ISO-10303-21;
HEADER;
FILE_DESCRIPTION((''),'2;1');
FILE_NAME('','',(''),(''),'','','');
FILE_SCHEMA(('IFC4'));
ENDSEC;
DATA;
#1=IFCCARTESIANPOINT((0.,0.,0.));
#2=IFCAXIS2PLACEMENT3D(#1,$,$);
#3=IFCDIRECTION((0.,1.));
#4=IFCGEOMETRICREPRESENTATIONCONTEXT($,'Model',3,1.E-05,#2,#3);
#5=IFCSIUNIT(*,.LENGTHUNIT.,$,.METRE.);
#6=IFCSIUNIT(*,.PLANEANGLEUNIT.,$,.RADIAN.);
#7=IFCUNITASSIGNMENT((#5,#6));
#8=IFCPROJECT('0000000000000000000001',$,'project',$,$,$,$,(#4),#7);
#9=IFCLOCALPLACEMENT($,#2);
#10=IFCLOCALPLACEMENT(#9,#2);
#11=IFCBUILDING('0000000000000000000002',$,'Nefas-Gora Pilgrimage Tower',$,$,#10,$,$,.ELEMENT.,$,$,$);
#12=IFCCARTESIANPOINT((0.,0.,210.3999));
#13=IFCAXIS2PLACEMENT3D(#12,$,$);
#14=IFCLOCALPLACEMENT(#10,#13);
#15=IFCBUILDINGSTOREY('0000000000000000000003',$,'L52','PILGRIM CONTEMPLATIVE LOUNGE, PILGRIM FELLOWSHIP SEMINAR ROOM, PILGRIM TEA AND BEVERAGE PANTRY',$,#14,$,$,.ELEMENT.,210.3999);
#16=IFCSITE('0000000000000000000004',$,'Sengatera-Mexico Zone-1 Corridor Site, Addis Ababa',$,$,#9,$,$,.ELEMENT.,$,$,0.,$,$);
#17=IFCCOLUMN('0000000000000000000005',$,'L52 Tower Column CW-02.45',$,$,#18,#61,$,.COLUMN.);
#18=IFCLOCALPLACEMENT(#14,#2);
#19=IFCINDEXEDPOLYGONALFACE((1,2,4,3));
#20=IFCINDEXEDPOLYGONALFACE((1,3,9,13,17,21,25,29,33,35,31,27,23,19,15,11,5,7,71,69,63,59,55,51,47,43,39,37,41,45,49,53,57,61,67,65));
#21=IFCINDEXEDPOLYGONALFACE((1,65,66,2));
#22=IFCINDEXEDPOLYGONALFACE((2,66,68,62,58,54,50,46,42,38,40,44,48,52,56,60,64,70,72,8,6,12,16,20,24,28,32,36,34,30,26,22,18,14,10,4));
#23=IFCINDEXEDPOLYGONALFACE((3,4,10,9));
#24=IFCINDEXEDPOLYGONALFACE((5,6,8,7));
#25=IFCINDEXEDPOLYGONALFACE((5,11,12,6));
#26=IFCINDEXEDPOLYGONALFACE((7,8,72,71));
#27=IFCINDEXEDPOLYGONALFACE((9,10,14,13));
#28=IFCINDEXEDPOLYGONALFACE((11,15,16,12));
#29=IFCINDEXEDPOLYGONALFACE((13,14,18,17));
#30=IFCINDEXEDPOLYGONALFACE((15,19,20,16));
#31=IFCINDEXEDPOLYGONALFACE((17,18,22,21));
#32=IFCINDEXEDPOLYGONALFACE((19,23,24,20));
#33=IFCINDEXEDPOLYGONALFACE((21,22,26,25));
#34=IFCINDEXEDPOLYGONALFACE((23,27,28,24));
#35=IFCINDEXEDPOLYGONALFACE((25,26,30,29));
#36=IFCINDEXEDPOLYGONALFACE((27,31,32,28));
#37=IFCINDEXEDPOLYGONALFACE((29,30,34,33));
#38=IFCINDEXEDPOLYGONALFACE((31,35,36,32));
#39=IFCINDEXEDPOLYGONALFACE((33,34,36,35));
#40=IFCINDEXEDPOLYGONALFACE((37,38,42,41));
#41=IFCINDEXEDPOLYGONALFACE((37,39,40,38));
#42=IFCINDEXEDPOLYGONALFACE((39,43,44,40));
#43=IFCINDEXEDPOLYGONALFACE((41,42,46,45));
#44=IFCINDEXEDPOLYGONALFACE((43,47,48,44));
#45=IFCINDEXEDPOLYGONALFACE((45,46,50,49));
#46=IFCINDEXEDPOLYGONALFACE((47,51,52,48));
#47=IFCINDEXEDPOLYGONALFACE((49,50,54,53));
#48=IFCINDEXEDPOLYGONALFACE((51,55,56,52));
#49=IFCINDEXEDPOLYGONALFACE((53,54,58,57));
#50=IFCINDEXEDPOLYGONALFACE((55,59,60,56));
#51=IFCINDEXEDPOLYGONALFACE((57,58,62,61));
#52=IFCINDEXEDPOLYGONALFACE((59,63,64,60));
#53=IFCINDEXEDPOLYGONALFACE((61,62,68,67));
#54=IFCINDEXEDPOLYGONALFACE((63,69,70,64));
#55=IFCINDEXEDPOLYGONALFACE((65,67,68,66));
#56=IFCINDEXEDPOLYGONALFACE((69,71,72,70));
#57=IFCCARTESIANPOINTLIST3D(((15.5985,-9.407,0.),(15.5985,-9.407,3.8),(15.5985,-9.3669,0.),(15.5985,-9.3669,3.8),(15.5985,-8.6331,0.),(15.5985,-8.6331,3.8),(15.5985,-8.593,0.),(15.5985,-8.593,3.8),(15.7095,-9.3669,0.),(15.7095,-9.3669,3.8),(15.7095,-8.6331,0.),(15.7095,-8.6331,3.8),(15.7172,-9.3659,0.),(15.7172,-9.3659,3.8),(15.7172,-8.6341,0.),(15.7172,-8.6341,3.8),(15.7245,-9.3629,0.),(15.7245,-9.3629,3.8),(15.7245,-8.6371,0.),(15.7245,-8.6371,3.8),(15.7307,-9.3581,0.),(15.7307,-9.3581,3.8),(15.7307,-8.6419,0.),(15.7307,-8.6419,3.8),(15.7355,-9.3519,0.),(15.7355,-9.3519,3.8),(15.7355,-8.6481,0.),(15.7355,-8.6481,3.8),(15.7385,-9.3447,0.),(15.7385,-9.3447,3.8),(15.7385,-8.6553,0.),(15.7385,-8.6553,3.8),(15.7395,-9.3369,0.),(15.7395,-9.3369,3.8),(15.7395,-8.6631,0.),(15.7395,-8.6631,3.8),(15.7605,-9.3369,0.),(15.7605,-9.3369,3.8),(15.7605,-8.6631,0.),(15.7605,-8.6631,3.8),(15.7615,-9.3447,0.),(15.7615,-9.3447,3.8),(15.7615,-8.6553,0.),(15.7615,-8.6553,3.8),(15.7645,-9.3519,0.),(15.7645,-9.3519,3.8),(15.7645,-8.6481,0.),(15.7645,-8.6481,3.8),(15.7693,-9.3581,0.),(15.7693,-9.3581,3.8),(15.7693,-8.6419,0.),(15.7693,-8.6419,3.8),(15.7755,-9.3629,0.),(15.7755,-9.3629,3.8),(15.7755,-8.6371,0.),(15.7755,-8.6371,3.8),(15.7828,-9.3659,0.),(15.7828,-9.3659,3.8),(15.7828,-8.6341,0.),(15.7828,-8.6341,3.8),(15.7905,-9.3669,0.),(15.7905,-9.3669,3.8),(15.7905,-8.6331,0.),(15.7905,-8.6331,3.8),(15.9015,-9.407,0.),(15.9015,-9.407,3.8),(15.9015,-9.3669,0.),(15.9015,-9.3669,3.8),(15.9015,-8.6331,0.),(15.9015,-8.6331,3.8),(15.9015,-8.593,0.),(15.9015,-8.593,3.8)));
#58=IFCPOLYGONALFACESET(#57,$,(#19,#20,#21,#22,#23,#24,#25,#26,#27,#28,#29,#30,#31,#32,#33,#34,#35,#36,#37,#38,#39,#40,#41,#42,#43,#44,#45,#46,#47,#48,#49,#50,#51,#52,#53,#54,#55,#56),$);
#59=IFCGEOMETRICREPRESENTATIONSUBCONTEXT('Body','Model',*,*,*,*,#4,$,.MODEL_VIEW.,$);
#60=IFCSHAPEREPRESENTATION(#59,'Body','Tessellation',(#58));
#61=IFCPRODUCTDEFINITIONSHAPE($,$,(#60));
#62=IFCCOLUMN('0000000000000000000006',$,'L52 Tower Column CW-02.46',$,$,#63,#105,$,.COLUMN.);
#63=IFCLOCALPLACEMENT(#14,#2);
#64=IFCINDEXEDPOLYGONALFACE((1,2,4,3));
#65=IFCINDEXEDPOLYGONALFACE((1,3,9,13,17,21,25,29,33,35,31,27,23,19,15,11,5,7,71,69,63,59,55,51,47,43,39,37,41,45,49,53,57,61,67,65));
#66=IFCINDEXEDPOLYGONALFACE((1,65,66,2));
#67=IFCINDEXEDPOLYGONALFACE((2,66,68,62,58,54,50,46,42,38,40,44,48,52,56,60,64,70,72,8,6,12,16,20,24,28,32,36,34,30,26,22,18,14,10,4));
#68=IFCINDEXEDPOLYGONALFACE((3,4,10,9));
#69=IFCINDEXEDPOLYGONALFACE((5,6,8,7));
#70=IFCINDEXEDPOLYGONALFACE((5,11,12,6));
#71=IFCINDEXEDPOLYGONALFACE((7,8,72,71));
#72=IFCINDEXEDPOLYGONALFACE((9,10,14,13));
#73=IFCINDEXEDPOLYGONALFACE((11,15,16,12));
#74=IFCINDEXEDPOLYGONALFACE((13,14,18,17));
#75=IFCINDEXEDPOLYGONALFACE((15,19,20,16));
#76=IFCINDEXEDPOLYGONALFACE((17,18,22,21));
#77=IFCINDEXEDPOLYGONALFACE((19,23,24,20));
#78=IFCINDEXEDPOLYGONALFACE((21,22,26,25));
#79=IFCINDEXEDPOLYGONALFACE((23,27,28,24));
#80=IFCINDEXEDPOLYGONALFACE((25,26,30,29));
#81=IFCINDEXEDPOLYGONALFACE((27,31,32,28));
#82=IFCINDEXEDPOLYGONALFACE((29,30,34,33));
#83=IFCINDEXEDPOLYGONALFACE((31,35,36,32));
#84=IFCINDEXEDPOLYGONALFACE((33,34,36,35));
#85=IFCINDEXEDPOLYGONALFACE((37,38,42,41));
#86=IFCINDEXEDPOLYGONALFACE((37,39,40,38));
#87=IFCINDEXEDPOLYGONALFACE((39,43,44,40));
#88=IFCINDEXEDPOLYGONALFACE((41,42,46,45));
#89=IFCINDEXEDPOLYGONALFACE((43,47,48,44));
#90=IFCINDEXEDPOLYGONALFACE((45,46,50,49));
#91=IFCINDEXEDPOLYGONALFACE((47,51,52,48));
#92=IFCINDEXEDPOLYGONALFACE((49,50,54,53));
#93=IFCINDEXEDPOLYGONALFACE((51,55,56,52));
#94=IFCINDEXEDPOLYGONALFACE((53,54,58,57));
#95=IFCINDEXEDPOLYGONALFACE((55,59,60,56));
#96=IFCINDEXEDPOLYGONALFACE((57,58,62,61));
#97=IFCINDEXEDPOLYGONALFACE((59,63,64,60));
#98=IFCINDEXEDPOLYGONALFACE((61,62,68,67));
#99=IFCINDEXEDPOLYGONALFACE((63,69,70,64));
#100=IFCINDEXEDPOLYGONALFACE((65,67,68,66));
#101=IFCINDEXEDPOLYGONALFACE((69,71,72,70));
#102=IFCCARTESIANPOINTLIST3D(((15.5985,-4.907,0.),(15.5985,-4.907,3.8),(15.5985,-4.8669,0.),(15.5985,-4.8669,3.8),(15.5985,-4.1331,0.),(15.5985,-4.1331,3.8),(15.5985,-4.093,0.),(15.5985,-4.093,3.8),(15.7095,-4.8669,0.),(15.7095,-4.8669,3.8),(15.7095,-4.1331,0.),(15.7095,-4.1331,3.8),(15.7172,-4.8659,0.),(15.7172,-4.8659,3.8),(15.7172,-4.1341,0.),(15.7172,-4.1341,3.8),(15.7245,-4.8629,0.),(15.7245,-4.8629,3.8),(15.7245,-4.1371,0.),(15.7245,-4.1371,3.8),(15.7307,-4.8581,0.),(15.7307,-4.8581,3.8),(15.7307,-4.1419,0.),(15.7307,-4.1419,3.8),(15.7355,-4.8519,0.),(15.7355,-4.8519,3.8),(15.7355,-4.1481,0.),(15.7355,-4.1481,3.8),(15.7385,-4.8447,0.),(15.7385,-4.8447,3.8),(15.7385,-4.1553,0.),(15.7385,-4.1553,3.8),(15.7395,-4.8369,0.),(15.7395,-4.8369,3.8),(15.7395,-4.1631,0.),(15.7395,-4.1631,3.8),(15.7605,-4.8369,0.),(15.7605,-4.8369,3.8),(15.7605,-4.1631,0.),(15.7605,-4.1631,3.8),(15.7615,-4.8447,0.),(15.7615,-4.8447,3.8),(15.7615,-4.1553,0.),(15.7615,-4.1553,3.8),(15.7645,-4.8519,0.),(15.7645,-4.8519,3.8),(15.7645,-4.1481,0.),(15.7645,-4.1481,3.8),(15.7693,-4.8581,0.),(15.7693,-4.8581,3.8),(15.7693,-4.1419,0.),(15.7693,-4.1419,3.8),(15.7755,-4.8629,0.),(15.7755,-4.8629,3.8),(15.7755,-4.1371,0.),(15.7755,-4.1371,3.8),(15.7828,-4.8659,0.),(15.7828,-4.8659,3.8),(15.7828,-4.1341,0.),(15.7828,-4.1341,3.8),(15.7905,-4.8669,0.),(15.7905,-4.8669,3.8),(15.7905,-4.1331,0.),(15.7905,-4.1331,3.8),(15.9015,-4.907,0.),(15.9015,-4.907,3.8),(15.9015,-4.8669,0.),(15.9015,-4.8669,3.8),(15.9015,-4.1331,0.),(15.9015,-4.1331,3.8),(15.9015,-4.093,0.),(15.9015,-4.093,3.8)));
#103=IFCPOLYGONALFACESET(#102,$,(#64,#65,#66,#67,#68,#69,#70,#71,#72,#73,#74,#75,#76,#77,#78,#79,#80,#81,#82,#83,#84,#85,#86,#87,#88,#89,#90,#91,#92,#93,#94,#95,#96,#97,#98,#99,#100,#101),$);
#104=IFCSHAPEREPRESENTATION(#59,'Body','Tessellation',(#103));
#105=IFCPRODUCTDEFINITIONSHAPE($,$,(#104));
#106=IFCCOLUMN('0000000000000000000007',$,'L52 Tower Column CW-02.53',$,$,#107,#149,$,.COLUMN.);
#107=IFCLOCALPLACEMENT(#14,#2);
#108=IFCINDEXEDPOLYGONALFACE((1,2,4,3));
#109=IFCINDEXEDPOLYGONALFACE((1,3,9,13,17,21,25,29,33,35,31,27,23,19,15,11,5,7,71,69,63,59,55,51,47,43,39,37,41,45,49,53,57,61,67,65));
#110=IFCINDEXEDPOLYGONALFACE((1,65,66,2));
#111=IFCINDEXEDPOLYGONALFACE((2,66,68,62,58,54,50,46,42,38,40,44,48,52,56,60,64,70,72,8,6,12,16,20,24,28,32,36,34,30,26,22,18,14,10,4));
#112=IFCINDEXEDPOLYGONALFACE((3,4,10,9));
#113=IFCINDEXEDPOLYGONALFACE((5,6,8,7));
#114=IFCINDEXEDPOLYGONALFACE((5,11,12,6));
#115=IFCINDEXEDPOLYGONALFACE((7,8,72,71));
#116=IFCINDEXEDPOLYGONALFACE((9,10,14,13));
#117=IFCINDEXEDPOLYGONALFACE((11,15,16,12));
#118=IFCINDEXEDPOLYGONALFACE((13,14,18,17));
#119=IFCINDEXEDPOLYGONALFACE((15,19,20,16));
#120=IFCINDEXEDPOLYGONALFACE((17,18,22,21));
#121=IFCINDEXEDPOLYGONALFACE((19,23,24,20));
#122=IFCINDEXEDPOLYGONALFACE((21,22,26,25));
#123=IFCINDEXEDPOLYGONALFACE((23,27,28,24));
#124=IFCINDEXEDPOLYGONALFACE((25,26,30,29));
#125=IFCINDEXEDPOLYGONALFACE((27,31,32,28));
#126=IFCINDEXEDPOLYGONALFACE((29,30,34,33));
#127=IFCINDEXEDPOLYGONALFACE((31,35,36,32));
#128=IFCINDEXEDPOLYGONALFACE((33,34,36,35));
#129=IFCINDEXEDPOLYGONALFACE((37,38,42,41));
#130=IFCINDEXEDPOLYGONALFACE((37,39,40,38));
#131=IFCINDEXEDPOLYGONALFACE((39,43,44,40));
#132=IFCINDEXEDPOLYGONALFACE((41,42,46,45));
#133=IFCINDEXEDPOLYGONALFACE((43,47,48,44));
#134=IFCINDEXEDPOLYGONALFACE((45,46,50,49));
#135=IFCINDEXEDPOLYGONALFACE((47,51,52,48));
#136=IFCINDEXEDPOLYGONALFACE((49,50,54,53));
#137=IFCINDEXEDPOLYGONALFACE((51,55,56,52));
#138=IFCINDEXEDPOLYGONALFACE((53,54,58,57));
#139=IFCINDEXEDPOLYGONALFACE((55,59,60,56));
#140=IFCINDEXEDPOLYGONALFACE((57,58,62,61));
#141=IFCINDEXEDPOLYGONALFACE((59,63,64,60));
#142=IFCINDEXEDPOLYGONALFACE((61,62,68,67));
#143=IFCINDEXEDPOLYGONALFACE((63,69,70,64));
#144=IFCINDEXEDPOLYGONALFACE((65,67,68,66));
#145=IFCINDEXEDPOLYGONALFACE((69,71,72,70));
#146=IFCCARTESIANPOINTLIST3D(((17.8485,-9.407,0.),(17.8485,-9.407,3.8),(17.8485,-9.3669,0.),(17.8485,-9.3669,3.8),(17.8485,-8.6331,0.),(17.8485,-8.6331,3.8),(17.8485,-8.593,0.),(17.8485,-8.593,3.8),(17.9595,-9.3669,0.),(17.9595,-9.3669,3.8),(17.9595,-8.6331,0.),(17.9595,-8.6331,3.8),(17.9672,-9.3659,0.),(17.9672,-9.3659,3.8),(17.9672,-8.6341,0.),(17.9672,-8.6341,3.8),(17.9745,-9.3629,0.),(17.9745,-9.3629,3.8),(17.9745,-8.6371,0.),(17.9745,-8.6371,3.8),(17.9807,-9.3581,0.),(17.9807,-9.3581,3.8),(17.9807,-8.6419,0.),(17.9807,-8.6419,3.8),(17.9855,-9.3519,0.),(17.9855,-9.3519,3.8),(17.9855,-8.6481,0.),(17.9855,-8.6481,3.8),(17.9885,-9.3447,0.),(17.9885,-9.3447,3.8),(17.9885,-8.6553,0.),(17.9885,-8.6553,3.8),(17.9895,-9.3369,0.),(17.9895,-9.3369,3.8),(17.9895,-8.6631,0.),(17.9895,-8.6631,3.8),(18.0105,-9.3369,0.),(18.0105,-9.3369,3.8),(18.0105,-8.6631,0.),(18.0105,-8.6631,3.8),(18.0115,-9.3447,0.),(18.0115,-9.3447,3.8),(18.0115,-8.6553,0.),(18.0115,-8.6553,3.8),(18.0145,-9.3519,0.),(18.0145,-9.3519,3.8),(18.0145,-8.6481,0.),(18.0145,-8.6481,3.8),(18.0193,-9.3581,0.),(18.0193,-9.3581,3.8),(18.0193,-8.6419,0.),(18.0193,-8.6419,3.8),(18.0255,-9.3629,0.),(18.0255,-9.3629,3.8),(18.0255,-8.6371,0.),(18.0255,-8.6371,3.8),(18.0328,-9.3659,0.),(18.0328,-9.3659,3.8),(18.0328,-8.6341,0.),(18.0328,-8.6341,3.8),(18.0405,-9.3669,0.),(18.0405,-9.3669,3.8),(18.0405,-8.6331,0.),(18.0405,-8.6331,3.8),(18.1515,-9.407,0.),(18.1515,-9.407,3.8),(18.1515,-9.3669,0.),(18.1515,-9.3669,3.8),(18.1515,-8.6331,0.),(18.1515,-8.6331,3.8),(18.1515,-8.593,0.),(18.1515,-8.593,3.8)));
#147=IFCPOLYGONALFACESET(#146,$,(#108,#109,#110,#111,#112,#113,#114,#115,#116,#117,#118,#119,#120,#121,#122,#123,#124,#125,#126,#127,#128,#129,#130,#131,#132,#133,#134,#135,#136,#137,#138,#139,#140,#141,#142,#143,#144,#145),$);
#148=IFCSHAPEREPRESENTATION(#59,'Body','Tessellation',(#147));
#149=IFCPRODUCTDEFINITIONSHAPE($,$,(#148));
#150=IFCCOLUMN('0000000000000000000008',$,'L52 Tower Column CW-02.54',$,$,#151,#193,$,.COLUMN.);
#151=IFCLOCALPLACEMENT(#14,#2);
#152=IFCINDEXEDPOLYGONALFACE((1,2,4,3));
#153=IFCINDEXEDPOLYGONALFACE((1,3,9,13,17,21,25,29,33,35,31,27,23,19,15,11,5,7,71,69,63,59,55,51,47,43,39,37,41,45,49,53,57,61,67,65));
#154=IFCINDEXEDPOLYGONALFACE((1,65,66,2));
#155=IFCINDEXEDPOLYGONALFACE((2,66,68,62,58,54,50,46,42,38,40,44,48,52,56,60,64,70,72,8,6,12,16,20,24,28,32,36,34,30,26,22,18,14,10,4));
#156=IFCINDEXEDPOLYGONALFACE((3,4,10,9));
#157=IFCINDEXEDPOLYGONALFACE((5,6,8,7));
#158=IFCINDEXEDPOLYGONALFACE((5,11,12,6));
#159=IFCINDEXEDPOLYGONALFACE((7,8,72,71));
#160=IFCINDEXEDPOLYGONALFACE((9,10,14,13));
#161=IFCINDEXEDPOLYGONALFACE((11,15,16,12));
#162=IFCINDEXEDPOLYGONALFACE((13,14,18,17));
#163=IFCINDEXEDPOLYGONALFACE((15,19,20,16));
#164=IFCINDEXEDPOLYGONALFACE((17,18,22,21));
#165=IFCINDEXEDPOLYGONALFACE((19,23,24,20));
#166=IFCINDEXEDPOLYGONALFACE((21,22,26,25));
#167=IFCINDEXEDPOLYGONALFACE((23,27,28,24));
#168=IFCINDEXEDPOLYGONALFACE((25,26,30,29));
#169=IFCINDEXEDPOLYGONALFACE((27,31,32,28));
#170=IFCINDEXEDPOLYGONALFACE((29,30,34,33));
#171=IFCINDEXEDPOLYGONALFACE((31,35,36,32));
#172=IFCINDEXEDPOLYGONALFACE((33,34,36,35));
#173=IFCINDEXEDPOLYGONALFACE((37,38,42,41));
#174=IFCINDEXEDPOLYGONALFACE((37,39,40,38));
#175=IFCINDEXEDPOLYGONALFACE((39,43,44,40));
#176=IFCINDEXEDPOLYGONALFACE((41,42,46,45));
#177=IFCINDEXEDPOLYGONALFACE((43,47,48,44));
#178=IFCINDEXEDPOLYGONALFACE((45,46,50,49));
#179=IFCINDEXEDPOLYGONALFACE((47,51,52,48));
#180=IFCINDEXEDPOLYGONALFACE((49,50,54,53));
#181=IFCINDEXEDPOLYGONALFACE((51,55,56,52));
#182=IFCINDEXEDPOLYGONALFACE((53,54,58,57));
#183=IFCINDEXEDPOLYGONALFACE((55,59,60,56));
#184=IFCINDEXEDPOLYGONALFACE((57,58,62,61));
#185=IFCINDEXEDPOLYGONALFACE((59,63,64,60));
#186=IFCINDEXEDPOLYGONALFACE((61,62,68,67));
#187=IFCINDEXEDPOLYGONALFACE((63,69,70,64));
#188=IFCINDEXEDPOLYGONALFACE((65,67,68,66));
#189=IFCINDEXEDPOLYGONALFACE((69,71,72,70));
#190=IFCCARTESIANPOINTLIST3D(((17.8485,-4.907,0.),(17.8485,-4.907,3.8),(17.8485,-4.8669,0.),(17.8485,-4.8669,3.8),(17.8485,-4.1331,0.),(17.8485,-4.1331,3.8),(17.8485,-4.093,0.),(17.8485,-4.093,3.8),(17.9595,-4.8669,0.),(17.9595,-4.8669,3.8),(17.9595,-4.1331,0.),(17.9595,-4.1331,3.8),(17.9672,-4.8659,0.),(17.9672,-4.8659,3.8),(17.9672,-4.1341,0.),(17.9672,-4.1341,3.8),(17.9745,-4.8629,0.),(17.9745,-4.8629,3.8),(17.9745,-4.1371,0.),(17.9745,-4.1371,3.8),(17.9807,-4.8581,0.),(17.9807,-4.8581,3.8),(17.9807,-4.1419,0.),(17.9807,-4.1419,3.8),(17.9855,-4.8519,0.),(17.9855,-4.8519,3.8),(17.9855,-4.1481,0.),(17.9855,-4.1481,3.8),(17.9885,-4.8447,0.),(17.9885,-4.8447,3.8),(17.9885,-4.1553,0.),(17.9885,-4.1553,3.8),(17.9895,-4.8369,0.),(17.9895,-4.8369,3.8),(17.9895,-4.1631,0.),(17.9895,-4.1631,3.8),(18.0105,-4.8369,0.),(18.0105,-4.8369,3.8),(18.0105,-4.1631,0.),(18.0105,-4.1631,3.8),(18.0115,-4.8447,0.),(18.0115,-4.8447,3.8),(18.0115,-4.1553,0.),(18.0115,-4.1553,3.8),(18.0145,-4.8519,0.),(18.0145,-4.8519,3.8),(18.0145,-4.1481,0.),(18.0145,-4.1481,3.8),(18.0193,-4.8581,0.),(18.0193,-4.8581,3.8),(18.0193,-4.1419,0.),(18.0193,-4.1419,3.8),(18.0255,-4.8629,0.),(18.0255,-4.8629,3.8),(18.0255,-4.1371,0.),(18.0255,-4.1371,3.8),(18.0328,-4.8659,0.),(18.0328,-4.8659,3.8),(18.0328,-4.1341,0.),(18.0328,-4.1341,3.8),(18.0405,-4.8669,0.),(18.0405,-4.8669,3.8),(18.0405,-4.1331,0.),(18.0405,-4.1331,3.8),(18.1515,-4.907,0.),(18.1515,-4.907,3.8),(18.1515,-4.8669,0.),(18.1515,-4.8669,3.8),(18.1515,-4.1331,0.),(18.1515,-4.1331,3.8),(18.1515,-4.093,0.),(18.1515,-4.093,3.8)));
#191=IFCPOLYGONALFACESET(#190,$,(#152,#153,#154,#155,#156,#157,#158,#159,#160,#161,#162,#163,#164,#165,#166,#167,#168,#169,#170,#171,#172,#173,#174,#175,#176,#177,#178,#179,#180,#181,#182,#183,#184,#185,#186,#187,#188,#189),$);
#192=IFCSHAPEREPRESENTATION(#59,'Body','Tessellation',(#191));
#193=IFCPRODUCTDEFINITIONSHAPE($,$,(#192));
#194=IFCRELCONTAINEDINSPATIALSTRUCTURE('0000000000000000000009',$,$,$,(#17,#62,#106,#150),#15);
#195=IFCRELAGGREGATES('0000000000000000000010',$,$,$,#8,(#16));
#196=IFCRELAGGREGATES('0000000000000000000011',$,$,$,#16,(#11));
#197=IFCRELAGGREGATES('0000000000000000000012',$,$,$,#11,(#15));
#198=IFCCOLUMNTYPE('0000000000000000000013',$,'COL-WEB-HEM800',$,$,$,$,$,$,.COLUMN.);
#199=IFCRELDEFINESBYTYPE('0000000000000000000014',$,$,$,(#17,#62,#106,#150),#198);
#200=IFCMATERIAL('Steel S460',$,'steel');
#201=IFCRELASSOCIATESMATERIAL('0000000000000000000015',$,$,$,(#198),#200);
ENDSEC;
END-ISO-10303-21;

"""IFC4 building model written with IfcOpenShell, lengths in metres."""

from ifc_helpers import new_model, si_unit, direction, frame, origin, origin_2d, place, context, subcontext, project, spatial, i_section, extrude, source, transform, mapped, material, material_profile, profile_set, type_object, element, save


model = new_model("IFC4")

# Units and contexts
model_context = context("Model", 3, precision=1e-05, world=origin(), true_north=direction((0.0, 1.0)))
body_context = subcontext(model_context, "Body", "Model", "MODEL_VIEW")
ifc_project = project(units=[si_unit("LENGTHUNIT", "METRE"), si_unit("PLANEANGLEUNIT", "RADIAN")], contexts=[model_context])

# Site, building, storey
site_placement = place(None, origin())
site = spatial("IfcSite", under=ifc_project, at=site_placement, Name="Sengatera-Mexico Zone-1 Corridor Site, Addis Ababa", CompositionType="ELEMENT", RefElevation=0.0)
building_placement = place(site_placement, origin())
building = spatial("IfcBuilding", under=site, at=building_placement, Name="Nefas-Gora Pilgrimage Tower", CompositionType="ELEMENT")
storey_placement = place(building_placement, frame((0.0, 0.0, 210.3999)))
storey = spatial("IfcBuildingStorey", under=building, at=storey_placement, Name="L52", Description="PILGRIM CONTEMPLATIVE LOUNGE, PILGRIM FELLOWSHIP SEMINAR ROOM, PILGRIM TEA AND BEVERAGE PANTRY", CompositionType="ELEMENT", Elevation=210.3999)

# Columns
ifc_material_1 = material(Name="Steel S460", Category="steel")
ifc_material_profile_1 = material_profile(ifc_material_1, i_section(OverallWidth=0.303, OverallDepth=0.814, WebThickness=0.021, FlangeThickness=0.04, FilletRadius=0.03, at=origin_2d()), Name="HEM 800")
ifc_profile_set_1 = profile_set([ifc_material_profile_1], Name="Steel S460")
column_type_1 = type_object("IfcColumnType", Name="COL-WEB-HEM800", PredefinedType="COLUMN", material=ifc_profile_set_1)
shared_shape_1 = source(origin(), body_context, "Body", "SweptSolid", [
    extrude(i_section(OverallWidth=0.303, OverallDepth=0.814, WebThickness=0.021, FlangeThickness=0.04, FilletRadius=0.03, at=origin_2d()), origin(), (0.0, 0.0, 1.0), 3.8),
])
for number, where, z_axis, x_axis, name in (
    (1, (15.75, -9.0, 0.0), (0.0, 0.0, 1.0), (1.0, 0.0, 0.0), "L52 Tower Column CW-02.45"),
    (2, (15.75, -4.5, 0.0), (0.0, 0.0, 1.0), (1.0, 0.0, 0.0), "L52 Tower Column CW-02.46"),
    (3, (18.0, -9.0, 0.0), (0.0, 0.0, 1.0), (1.0, 0.0, 0.0), "L52 Tower Column CW-02.53"),
    (4, (18.0, -4.5, 0.0), (0.0, 0.0, 1.0), (1.0, 0.0, 0.0), "L52 Tower Column CW-02.54"),
):
    element("IfcColumn", number, at=place(storey_placement, frame(where, z_axis=z_axis, x_axis=x_axis)), inside=storey, type_object=column_type_1, Name=name, PredefinedType="COLUMN", context=body_context, shape_type="MappedRepresentation", body=[
        mapped(shared_shape_1, transform((0.0, 0.0, 0.0), x_axis=(1.0, 0.0, 0.0), y_axis=(0.0, 1.0, 0.0), z_axis=(0.0, 0.0, 1.0), scale=1.0)),
    ])

save(model, "model.ifc")
